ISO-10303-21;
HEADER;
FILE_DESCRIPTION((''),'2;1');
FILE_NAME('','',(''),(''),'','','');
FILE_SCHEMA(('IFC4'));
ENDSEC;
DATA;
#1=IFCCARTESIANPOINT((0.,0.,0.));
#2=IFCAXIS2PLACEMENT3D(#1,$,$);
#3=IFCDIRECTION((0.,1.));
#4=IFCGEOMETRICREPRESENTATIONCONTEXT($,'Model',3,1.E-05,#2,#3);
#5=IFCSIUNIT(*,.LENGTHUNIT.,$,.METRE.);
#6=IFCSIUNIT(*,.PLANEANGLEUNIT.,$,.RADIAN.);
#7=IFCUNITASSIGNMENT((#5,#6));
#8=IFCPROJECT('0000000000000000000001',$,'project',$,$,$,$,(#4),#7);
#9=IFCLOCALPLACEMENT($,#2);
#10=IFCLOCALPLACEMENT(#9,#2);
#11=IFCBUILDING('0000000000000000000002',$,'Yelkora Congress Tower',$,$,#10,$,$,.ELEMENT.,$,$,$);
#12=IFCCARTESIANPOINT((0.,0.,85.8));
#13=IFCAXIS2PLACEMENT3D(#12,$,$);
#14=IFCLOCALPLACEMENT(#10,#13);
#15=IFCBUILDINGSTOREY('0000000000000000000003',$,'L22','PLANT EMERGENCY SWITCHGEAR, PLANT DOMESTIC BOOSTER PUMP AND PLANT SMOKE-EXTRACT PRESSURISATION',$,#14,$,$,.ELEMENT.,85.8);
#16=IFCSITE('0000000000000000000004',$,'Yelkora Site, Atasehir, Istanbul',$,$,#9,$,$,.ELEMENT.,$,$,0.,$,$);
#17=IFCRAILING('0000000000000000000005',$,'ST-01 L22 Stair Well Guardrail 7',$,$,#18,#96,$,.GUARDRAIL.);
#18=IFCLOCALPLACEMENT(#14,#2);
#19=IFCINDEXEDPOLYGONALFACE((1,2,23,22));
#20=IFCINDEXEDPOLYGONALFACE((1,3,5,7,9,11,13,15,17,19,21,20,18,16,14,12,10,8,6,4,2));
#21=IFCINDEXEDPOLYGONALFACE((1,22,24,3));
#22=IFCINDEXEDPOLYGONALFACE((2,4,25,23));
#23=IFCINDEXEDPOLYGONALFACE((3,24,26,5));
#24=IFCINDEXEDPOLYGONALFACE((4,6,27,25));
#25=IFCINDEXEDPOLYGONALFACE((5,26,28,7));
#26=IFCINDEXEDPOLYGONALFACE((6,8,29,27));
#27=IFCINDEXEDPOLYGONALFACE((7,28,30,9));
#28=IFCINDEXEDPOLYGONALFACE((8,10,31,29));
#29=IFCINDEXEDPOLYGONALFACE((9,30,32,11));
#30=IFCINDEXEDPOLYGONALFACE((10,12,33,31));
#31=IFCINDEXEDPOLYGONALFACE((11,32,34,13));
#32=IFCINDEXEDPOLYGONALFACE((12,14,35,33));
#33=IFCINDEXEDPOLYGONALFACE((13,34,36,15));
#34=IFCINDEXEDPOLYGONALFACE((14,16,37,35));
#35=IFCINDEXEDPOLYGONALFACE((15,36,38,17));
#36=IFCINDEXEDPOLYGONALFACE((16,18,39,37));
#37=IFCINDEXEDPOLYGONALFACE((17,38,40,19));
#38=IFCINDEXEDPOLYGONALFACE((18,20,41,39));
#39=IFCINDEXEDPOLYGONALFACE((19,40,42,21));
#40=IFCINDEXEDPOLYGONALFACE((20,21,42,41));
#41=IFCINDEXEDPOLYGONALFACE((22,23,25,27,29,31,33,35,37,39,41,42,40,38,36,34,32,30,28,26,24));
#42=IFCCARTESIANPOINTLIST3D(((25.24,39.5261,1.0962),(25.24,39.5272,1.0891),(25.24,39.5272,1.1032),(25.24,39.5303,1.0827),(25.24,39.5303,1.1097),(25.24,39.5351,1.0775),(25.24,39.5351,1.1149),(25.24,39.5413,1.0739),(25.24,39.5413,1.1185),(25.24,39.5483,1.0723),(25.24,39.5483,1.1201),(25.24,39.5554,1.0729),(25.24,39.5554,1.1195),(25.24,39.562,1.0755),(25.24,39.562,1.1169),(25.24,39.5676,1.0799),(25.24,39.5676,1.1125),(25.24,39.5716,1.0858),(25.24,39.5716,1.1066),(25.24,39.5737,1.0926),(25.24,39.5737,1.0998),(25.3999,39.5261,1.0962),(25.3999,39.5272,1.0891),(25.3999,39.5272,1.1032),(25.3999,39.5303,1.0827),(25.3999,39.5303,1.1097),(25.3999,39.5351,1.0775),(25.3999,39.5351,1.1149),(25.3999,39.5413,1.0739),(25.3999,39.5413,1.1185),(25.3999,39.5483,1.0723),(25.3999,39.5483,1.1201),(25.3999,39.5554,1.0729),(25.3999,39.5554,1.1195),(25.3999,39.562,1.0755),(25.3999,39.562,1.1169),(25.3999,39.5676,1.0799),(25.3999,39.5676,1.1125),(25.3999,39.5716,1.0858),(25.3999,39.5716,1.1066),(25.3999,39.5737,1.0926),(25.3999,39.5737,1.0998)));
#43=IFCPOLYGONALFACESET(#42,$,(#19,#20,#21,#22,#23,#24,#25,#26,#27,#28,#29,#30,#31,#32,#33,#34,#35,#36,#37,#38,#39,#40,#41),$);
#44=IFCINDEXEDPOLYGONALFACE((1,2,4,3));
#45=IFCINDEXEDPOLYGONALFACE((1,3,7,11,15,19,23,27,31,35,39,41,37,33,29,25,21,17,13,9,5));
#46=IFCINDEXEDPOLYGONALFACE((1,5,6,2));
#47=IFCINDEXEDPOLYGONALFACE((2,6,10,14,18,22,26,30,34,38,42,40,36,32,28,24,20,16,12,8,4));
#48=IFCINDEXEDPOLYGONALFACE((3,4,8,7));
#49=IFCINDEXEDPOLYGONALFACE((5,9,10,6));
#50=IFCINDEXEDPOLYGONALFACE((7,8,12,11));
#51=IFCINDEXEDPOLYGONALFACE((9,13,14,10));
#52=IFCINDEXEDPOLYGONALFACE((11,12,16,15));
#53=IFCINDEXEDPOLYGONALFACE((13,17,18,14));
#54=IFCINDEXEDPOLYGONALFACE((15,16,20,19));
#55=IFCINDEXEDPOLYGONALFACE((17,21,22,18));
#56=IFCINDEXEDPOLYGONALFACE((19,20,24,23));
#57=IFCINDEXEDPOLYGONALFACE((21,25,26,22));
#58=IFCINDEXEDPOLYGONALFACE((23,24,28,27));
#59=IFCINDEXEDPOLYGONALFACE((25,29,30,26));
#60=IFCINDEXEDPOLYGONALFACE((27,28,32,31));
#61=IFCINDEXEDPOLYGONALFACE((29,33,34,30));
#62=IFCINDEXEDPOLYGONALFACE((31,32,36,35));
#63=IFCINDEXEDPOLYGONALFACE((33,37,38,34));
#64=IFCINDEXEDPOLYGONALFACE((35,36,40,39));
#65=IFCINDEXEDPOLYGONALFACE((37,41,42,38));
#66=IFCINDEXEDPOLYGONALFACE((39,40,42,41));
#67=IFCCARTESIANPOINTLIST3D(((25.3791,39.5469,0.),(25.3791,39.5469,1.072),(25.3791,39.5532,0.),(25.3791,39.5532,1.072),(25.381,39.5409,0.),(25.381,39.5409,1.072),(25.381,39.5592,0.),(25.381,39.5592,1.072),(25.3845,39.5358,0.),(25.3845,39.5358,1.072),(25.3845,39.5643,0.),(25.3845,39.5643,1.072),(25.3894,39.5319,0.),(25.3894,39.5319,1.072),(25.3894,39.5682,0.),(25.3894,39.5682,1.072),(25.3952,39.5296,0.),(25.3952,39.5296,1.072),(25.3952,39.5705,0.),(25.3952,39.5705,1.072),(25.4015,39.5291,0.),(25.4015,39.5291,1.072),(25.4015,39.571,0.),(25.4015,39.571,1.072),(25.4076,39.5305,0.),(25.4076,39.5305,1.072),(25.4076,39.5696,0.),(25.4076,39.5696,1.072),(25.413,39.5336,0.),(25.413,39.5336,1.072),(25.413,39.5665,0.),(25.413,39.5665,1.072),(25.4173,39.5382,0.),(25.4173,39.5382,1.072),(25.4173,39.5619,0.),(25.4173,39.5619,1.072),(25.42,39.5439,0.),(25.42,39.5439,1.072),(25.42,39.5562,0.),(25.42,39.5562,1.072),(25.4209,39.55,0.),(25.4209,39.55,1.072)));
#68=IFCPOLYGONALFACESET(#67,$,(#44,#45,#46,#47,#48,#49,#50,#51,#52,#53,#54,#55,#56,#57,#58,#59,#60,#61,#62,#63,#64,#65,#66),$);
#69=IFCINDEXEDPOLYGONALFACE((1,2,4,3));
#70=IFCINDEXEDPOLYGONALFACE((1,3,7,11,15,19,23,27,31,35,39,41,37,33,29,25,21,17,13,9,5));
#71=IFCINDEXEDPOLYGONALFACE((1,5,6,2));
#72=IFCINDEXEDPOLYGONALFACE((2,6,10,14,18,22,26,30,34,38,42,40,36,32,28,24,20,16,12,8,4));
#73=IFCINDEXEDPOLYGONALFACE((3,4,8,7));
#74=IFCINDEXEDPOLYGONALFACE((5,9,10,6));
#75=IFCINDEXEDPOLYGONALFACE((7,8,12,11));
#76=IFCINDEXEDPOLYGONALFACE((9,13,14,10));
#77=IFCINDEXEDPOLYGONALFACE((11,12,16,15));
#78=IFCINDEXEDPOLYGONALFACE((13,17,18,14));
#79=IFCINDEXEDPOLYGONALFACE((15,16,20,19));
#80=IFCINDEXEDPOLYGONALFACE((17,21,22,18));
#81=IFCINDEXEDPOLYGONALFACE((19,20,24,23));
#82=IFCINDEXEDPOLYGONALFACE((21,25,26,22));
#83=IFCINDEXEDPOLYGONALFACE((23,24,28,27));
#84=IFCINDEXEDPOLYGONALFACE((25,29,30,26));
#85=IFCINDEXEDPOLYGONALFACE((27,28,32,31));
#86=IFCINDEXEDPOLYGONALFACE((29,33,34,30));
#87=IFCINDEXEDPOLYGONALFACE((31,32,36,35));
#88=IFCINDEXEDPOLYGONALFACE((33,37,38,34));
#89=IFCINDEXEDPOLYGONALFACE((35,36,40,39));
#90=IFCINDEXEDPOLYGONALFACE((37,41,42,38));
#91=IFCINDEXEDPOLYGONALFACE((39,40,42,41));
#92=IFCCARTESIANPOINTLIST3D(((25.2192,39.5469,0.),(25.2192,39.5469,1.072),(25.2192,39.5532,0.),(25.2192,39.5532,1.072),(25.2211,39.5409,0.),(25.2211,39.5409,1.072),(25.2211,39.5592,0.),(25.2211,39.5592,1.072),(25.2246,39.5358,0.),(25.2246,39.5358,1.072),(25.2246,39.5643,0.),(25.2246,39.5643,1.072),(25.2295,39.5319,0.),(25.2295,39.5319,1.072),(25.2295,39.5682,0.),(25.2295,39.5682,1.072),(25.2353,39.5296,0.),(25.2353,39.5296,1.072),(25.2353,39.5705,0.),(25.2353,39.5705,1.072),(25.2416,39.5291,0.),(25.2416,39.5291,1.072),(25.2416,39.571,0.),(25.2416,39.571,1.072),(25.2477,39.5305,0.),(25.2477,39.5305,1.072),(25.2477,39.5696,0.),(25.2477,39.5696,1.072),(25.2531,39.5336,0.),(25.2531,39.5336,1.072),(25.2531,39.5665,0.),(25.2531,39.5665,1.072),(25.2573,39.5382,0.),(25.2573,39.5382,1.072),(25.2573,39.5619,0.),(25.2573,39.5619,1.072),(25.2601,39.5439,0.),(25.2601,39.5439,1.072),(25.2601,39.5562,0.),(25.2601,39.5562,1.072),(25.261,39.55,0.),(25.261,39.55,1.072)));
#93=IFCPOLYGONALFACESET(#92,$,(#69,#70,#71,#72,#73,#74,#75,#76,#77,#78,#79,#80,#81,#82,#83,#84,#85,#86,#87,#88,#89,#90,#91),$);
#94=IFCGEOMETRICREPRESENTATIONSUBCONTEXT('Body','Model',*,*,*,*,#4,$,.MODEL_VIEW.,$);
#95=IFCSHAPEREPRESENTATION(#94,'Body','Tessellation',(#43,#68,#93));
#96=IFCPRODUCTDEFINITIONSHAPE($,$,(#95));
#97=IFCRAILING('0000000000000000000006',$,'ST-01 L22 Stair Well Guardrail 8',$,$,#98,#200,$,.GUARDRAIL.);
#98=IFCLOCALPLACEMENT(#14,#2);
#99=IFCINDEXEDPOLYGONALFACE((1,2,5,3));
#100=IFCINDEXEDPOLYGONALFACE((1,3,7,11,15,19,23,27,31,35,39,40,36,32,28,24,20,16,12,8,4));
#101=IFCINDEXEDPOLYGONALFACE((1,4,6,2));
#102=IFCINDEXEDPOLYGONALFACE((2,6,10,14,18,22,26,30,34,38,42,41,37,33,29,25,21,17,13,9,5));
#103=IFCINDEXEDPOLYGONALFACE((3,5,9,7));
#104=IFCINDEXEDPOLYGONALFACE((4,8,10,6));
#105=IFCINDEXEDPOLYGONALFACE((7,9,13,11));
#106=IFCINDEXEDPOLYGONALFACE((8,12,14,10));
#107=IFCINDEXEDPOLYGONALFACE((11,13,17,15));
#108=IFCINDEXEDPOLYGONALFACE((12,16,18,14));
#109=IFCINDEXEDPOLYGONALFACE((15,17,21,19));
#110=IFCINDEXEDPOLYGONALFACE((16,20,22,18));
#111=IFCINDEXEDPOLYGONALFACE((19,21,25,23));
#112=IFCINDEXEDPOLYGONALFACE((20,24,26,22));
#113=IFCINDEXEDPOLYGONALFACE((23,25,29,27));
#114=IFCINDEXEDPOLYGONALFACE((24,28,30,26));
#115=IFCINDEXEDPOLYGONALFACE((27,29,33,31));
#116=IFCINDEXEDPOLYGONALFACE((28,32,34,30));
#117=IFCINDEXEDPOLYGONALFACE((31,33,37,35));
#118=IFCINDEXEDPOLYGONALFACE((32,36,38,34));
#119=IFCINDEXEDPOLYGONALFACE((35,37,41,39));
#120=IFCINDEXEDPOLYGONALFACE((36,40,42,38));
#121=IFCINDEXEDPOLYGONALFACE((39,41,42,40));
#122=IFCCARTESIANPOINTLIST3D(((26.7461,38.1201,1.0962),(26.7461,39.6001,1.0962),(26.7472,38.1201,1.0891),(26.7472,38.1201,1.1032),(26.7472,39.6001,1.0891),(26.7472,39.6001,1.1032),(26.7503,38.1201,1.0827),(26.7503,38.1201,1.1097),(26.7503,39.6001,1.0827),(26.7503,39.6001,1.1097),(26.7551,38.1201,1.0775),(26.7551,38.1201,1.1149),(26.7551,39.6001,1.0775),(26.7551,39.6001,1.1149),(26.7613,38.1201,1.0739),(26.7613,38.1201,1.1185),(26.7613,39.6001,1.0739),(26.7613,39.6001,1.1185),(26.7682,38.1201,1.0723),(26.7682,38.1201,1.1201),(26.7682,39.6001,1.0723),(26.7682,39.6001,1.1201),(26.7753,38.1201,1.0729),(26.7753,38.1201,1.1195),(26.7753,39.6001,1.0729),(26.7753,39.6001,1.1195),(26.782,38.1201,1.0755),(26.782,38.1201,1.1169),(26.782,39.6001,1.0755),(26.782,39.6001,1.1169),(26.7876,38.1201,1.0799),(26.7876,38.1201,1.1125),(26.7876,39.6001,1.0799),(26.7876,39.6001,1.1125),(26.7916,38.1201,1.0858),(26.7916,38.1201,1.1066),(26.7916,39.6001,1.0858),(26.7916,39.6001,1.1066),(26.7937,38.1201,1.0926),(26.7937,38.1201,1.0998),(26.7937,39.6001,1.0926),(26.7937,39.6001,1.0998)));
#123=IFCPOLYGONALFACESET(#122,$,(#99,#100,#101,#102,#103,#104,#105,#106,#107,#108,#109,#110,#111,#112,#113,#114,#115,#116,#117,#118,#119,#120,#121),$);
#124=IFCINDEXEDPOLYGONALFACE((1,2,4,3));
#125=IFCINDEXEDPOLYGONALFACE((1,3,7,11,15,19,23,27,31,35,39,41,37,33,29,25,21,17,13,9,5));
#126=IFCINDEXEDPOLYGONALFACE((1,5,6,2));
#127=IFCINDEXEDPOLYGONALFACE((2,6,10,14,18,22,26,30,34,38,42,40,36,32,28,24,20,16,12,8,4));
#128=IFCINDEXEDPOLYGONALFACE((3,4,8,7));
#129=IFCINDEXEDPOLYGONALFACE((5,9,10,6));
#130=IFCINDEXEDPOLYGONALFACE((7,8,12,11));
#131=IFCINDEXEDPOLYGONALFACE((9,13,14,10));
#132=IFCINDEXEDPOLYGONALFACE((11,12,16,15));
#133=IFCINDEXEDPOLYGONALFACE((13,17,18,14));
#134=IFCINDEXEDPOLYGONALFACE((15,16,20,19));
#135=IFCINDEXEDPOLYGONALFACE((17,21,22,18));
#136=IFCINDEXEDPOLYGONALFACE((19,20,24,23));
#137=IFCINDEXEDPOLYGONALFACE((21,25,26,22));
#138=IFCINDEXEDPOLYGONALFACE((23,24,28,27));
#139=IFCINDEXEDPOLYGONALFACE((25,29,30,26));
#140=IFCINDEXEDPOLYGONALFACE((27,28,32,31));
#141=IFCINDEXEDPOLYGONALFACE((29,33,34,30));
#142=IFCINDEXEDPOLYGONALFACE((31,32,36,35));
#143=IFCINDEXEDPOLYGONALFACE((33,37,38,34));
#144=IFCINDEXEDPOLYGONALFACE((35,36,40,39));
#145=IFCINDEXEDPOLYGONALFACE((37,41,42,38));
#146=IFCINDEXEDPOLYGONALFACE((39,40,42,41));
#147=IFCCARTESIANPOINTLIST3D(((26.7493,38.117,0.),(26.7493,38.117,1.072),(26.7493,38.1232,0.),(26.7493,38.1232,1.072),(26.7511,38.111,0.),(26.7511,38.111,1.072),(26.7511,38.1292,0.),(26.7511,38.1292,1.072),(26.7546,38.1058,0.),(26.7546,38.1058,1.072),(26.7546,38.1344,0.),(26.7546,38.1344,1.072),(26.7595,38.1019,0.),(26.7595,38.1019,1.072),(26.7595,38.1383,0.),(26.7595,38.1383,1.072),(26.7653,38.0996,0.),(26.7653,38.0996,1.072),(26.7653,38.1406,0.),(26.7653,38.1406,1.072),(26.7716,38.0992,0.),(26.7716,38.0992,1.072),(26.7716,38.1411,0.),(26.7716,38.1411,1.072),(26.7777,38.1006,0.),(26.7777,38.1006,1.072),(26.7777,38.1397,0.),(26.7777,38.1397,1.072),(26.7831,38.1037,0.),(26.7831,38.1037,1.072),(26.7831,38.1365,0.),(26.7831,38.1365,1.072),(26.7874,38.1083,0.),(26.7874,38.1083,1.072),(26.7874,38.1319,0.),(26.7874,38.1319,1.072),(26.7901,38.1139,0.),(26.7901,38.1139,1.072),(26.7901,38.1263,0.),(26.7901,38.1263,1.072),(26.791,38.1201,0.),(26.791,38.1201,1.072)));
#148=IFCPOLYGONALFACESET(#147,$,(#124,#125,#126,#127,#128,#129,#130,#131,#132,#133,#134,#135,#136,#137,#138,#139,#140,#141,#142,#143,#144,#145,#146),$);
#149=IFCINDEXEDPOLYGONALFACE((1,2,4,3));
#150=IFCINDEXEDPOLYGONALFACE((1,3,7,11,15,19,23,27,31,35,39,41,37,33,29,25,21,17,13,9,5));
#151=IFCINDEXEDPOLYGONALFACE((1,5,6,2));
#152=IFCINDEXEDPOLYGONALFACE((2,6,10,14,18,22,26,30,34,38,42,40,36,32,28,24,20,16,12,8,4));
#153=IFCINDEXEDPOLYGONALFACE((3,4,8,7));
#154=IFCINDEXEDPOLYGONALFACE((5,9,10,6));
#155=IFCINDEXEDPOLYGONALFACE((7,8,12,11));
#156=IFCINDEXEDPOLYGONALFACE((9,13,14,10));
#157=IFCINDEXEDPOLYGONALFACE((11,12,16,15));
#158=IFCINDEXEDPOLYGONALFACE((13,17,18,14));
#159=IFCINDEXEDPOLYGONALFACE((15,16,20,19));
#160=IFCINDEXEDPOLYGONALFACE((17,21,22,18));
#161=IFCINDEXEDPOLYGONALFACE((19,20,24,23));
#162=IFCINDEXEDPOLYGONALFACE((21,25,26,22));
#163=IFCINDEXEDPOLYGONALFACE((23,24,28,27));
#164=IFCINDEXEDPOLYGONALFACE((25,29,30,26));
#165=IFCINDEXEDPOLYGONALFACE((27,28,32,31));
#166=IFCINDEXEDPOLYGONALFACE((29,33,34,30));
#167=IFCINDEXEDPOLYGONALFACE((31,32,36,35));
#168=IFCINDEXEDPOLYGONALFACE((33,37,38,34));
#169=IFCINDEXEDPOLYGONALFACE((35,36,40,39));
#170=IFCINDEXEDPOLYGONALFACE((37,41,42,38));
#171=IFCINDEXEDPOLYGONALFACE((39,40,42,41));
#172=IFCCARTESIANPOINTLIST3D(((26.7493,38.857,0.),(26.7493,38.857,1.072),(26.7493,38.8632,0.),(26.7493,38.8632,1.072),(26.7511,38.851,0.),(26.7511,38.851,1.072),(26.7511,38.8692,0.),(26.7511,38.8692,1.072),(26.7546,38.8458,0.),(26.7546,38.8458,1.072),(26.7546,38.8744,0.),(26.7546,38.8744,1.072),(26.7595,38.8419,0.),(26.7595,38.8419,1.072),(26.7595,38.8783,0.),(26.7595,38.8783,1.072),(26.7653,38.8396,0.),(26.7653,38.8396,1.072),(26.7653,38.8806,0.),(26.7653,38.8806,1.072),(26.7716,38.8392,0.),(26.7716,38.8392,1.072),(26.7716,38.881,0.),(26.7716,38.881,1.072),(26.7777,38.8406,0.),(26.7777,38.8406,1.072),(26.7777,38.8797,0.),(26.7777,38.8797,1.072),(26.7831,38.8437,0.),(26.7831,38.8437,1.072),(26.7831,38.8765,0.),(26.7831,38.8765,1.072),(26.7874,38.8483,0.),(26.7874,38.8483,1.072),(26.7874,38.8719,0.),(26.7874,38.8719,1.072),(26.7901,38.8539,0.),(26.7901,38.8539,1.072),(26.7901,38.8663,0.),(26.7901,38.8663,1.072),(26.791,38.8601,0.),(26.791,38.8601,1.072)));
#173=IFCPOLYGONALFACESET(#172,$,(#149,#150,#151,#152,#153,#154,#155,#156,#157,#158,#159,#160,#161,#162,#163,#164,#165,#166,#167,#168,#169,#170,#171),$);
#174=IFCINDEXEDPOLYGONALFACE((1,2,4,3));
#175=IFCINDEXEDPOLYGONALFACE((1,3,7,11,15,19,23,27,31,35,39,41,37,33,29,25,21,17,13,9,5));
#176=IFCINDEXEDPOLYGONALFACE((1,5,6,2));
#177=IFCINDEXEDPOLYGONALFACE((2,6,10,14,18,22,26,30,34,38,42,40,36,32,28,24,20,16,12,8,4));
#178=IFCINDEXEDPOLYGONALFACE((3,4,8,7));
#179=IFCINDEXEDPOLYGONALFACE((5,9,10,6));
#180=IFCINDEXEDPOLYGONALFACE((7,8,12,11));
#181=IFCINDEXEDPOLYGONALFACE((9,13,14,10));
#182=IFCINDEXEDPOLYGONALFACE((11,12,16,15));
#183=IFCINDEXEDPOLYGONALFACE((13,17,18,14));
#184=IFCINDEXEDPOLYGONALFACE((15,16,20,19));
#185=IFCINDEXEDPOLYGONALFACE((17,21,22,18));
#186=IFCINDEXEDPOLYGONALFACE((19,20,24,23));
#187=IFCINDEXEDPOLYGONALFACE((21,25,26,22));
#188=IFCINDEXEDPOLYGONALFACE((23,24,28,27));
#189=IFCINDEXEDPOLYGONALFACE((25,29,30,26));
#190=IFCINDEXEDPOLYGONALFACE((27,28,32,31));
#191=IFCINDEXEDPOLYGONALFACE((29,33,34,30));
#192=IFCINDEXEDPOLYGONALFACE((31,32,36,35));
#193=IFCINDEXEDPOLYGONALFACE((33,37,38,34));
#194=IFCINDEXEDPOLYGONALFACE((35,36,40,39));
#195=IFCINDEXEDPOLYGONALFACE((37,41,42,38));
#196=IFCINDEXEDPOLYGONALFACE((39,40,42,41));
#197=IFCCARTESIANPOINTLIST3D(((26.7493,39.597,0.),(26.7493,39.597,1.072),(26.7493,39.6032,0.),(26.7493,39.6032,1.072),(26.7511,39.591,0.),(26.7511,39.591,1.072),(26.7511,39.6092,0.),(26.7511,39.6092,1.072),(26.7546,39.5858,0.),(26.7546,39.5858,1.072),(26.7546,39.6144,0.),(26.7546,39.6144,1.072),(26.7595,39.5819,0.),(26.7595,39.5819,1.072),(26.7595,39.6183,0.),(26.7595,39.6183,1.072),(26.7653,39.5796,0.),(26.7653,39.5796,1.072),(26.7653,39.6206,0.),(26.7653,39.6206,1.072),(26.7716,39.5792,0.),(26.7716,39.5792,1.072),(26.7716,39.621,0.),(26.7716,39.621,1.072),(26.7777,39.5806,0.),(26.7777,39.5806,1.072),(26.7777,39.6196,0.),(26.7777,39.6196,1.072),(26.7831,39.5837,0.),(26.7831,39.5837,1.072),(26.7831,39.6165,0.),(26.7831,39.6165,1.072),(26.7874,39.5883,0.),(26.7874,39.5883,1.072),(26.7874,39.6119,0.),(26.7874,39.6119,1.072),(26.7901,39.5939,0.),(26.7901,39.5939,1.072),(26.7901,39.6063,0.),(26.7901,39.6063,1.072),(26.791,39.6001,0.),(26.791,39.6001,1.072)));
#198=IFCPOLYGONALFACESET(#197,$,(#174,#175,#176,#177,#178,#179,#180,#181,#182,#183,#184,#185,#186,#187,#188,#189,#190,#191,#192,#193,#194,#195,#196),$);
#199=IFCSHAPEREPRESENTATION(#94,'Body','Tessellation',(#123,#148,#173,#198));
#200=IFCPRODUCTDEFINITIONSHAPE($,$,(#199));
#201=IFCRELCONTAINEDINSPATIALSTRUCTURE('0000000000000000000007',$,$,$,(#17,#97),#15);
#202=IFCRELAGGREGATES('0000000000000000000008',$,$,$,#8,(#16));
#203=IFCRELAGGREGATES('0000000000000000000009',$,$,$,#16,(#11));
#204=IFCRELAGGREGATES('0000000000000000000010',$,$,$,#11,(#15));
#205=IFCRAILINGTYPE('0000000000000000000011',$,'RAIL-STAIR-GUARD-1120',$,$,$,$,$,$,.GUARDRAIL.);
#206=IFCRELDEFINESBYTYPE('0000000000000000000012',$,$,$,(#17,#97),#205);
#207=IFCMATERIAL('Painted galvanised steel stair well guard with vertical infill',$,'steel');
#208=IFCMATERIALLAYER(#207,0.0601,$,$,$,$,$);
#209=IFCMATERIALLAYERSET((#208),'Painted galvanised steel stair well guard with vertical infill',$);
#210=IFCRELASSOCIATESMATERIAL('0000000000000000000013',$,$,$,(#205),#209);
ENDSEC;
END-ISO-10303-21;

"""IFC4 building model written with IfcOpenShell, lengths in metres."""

from ifc_helpers import new_model, si_unit, direction, frame, origin, origin_2d, place, context, subcontext, project, spatial, circle, extrude, material, layer, layer_set, type_object, element, save


model = new_model("IFC4")

# Units and contexts
model_context = context("Model", 3, precision=1e-05, world=origin(), true_north=direction((0.0, 1.0)))
body_context = subcontext(model_context, "Body", "Model", "MODEL_VIEW")
ifc_project = project(units=[si_unit("LENGTHUNIT", "METRE"), si_unit("PLANEANGLEUNIT", "RADIAN")], contexts=[model_context])

# Site, building, storey
site_placement = place(None, origin())
site = spatial("IfcSite", under=ifc_project, at=site_placement, Name="Yelkora Site, Atasehir, Istanbul", CompositionType="ELEMENT", RefElevation=0.0)
building_placement = place(site_placement, origin())
building = spatial("IfcBuilding", under=site, at=building_placement, Name="Yelkora Congress Tower", CompositionType="ELEMENT")
storey_placement = place(building_placement, frame((0.0, 0.0, 85.8)))
storey = spatial("IfcBuildingStorey", under=building, at=storey_placement, Name="L22", Description="PLANT EMERGENCY SWITCHGEAR, PLANT DOMESTIC BOOSTER PUMP AND PLANT SMOKE-EXTRACT PRESSURISATION", CompositionType="ELEMENT", Elevation=85.8)

# Railings
ifc_material_1 = material(Name="Painted galvanised steel stair well guard with vertical infill", Category="steel")
ifc_layer_1 = layer(ifc_material_1, 0.0601)
ifc_layer_set_1 = layer_set([ifc_layer_1], Name="Painted galvanised steel stair well guard with vertical infill")
railing_type_1 = type_object("IfcRailingType", Name="RAIL-STAIR-GUARD-1120", PredefinedType="GUARDRAIL", material=ifc_layer_set_1)
railing_1_placement = place(storey_placement, frame((25.3999, 39.55, 0.0)))
element("IfcRailing", 1, at=railing_1_placement, inside=storey, type_object=railing_type_1, Name="ST-01 L22 Stair Well Guardrail 7", PredefinedType="GUARDRAIL", context=body_context, shape_type="SweptSolid", body=[
    extrude(circle(Radius=0.0239, at=origin_2d()), frame((0.0, 0.0, 1.0962), z_axis=(-1.0, 0.0, 0.0), x_axis=(0.0, -1.0, 0.0)), (0.0, 0.0, 1.0), 0.1599),
    extrude(circle(Radius=0.021, at=origin_2d()), origin(), (0.0, 0.0, 1.0), 1.072),
    extrude(circle(Radius=0.021, at=origin_2d()), frame((-0.1599, 0.0, 0.0)), (0.0, 0.0, 1.0), 1.072),
])
for number, where, name in (
    (2, (26.77, 38.1201, 0.0), "ST-01 L22 Stair Well Guardrail 8"),
):
    element("IfcRailing", number, at=place(storey_placement, frame(where)), inside=storey, type_object=railing_type_1, Name=name, PredefinedType="GUARDRAIL", context=body_context, shape_type="SweptSolid", body=[
        extrude(circle(Radius=0.0239, at=origin_2d()), frame((0.0, 0.0, 1.0962), z_axis=(0.0, 1.0, 0.0), x_axis=(-1.0, 0.0, 0.0)), (0.0, 0.0, 1.0), 1.48),
        extrude(circle(Radius=0.021, at=origin_2d()), origin(), (0.0, 0.0, 1.0), 1.072),
        extrude(circle(Radius=0.021, at=origin_2d()), frame((0.0, 0.74, 0.0)), (0.0, 0.0, 1.0), 1.072),
        extrude(circle(Radius=0.021, at=origin_2d()), frame((0.0, 1.48, 0.0)), (0.0, 0.0, 1.0), 1.072),
    ])

save(model, "model.ifc")
